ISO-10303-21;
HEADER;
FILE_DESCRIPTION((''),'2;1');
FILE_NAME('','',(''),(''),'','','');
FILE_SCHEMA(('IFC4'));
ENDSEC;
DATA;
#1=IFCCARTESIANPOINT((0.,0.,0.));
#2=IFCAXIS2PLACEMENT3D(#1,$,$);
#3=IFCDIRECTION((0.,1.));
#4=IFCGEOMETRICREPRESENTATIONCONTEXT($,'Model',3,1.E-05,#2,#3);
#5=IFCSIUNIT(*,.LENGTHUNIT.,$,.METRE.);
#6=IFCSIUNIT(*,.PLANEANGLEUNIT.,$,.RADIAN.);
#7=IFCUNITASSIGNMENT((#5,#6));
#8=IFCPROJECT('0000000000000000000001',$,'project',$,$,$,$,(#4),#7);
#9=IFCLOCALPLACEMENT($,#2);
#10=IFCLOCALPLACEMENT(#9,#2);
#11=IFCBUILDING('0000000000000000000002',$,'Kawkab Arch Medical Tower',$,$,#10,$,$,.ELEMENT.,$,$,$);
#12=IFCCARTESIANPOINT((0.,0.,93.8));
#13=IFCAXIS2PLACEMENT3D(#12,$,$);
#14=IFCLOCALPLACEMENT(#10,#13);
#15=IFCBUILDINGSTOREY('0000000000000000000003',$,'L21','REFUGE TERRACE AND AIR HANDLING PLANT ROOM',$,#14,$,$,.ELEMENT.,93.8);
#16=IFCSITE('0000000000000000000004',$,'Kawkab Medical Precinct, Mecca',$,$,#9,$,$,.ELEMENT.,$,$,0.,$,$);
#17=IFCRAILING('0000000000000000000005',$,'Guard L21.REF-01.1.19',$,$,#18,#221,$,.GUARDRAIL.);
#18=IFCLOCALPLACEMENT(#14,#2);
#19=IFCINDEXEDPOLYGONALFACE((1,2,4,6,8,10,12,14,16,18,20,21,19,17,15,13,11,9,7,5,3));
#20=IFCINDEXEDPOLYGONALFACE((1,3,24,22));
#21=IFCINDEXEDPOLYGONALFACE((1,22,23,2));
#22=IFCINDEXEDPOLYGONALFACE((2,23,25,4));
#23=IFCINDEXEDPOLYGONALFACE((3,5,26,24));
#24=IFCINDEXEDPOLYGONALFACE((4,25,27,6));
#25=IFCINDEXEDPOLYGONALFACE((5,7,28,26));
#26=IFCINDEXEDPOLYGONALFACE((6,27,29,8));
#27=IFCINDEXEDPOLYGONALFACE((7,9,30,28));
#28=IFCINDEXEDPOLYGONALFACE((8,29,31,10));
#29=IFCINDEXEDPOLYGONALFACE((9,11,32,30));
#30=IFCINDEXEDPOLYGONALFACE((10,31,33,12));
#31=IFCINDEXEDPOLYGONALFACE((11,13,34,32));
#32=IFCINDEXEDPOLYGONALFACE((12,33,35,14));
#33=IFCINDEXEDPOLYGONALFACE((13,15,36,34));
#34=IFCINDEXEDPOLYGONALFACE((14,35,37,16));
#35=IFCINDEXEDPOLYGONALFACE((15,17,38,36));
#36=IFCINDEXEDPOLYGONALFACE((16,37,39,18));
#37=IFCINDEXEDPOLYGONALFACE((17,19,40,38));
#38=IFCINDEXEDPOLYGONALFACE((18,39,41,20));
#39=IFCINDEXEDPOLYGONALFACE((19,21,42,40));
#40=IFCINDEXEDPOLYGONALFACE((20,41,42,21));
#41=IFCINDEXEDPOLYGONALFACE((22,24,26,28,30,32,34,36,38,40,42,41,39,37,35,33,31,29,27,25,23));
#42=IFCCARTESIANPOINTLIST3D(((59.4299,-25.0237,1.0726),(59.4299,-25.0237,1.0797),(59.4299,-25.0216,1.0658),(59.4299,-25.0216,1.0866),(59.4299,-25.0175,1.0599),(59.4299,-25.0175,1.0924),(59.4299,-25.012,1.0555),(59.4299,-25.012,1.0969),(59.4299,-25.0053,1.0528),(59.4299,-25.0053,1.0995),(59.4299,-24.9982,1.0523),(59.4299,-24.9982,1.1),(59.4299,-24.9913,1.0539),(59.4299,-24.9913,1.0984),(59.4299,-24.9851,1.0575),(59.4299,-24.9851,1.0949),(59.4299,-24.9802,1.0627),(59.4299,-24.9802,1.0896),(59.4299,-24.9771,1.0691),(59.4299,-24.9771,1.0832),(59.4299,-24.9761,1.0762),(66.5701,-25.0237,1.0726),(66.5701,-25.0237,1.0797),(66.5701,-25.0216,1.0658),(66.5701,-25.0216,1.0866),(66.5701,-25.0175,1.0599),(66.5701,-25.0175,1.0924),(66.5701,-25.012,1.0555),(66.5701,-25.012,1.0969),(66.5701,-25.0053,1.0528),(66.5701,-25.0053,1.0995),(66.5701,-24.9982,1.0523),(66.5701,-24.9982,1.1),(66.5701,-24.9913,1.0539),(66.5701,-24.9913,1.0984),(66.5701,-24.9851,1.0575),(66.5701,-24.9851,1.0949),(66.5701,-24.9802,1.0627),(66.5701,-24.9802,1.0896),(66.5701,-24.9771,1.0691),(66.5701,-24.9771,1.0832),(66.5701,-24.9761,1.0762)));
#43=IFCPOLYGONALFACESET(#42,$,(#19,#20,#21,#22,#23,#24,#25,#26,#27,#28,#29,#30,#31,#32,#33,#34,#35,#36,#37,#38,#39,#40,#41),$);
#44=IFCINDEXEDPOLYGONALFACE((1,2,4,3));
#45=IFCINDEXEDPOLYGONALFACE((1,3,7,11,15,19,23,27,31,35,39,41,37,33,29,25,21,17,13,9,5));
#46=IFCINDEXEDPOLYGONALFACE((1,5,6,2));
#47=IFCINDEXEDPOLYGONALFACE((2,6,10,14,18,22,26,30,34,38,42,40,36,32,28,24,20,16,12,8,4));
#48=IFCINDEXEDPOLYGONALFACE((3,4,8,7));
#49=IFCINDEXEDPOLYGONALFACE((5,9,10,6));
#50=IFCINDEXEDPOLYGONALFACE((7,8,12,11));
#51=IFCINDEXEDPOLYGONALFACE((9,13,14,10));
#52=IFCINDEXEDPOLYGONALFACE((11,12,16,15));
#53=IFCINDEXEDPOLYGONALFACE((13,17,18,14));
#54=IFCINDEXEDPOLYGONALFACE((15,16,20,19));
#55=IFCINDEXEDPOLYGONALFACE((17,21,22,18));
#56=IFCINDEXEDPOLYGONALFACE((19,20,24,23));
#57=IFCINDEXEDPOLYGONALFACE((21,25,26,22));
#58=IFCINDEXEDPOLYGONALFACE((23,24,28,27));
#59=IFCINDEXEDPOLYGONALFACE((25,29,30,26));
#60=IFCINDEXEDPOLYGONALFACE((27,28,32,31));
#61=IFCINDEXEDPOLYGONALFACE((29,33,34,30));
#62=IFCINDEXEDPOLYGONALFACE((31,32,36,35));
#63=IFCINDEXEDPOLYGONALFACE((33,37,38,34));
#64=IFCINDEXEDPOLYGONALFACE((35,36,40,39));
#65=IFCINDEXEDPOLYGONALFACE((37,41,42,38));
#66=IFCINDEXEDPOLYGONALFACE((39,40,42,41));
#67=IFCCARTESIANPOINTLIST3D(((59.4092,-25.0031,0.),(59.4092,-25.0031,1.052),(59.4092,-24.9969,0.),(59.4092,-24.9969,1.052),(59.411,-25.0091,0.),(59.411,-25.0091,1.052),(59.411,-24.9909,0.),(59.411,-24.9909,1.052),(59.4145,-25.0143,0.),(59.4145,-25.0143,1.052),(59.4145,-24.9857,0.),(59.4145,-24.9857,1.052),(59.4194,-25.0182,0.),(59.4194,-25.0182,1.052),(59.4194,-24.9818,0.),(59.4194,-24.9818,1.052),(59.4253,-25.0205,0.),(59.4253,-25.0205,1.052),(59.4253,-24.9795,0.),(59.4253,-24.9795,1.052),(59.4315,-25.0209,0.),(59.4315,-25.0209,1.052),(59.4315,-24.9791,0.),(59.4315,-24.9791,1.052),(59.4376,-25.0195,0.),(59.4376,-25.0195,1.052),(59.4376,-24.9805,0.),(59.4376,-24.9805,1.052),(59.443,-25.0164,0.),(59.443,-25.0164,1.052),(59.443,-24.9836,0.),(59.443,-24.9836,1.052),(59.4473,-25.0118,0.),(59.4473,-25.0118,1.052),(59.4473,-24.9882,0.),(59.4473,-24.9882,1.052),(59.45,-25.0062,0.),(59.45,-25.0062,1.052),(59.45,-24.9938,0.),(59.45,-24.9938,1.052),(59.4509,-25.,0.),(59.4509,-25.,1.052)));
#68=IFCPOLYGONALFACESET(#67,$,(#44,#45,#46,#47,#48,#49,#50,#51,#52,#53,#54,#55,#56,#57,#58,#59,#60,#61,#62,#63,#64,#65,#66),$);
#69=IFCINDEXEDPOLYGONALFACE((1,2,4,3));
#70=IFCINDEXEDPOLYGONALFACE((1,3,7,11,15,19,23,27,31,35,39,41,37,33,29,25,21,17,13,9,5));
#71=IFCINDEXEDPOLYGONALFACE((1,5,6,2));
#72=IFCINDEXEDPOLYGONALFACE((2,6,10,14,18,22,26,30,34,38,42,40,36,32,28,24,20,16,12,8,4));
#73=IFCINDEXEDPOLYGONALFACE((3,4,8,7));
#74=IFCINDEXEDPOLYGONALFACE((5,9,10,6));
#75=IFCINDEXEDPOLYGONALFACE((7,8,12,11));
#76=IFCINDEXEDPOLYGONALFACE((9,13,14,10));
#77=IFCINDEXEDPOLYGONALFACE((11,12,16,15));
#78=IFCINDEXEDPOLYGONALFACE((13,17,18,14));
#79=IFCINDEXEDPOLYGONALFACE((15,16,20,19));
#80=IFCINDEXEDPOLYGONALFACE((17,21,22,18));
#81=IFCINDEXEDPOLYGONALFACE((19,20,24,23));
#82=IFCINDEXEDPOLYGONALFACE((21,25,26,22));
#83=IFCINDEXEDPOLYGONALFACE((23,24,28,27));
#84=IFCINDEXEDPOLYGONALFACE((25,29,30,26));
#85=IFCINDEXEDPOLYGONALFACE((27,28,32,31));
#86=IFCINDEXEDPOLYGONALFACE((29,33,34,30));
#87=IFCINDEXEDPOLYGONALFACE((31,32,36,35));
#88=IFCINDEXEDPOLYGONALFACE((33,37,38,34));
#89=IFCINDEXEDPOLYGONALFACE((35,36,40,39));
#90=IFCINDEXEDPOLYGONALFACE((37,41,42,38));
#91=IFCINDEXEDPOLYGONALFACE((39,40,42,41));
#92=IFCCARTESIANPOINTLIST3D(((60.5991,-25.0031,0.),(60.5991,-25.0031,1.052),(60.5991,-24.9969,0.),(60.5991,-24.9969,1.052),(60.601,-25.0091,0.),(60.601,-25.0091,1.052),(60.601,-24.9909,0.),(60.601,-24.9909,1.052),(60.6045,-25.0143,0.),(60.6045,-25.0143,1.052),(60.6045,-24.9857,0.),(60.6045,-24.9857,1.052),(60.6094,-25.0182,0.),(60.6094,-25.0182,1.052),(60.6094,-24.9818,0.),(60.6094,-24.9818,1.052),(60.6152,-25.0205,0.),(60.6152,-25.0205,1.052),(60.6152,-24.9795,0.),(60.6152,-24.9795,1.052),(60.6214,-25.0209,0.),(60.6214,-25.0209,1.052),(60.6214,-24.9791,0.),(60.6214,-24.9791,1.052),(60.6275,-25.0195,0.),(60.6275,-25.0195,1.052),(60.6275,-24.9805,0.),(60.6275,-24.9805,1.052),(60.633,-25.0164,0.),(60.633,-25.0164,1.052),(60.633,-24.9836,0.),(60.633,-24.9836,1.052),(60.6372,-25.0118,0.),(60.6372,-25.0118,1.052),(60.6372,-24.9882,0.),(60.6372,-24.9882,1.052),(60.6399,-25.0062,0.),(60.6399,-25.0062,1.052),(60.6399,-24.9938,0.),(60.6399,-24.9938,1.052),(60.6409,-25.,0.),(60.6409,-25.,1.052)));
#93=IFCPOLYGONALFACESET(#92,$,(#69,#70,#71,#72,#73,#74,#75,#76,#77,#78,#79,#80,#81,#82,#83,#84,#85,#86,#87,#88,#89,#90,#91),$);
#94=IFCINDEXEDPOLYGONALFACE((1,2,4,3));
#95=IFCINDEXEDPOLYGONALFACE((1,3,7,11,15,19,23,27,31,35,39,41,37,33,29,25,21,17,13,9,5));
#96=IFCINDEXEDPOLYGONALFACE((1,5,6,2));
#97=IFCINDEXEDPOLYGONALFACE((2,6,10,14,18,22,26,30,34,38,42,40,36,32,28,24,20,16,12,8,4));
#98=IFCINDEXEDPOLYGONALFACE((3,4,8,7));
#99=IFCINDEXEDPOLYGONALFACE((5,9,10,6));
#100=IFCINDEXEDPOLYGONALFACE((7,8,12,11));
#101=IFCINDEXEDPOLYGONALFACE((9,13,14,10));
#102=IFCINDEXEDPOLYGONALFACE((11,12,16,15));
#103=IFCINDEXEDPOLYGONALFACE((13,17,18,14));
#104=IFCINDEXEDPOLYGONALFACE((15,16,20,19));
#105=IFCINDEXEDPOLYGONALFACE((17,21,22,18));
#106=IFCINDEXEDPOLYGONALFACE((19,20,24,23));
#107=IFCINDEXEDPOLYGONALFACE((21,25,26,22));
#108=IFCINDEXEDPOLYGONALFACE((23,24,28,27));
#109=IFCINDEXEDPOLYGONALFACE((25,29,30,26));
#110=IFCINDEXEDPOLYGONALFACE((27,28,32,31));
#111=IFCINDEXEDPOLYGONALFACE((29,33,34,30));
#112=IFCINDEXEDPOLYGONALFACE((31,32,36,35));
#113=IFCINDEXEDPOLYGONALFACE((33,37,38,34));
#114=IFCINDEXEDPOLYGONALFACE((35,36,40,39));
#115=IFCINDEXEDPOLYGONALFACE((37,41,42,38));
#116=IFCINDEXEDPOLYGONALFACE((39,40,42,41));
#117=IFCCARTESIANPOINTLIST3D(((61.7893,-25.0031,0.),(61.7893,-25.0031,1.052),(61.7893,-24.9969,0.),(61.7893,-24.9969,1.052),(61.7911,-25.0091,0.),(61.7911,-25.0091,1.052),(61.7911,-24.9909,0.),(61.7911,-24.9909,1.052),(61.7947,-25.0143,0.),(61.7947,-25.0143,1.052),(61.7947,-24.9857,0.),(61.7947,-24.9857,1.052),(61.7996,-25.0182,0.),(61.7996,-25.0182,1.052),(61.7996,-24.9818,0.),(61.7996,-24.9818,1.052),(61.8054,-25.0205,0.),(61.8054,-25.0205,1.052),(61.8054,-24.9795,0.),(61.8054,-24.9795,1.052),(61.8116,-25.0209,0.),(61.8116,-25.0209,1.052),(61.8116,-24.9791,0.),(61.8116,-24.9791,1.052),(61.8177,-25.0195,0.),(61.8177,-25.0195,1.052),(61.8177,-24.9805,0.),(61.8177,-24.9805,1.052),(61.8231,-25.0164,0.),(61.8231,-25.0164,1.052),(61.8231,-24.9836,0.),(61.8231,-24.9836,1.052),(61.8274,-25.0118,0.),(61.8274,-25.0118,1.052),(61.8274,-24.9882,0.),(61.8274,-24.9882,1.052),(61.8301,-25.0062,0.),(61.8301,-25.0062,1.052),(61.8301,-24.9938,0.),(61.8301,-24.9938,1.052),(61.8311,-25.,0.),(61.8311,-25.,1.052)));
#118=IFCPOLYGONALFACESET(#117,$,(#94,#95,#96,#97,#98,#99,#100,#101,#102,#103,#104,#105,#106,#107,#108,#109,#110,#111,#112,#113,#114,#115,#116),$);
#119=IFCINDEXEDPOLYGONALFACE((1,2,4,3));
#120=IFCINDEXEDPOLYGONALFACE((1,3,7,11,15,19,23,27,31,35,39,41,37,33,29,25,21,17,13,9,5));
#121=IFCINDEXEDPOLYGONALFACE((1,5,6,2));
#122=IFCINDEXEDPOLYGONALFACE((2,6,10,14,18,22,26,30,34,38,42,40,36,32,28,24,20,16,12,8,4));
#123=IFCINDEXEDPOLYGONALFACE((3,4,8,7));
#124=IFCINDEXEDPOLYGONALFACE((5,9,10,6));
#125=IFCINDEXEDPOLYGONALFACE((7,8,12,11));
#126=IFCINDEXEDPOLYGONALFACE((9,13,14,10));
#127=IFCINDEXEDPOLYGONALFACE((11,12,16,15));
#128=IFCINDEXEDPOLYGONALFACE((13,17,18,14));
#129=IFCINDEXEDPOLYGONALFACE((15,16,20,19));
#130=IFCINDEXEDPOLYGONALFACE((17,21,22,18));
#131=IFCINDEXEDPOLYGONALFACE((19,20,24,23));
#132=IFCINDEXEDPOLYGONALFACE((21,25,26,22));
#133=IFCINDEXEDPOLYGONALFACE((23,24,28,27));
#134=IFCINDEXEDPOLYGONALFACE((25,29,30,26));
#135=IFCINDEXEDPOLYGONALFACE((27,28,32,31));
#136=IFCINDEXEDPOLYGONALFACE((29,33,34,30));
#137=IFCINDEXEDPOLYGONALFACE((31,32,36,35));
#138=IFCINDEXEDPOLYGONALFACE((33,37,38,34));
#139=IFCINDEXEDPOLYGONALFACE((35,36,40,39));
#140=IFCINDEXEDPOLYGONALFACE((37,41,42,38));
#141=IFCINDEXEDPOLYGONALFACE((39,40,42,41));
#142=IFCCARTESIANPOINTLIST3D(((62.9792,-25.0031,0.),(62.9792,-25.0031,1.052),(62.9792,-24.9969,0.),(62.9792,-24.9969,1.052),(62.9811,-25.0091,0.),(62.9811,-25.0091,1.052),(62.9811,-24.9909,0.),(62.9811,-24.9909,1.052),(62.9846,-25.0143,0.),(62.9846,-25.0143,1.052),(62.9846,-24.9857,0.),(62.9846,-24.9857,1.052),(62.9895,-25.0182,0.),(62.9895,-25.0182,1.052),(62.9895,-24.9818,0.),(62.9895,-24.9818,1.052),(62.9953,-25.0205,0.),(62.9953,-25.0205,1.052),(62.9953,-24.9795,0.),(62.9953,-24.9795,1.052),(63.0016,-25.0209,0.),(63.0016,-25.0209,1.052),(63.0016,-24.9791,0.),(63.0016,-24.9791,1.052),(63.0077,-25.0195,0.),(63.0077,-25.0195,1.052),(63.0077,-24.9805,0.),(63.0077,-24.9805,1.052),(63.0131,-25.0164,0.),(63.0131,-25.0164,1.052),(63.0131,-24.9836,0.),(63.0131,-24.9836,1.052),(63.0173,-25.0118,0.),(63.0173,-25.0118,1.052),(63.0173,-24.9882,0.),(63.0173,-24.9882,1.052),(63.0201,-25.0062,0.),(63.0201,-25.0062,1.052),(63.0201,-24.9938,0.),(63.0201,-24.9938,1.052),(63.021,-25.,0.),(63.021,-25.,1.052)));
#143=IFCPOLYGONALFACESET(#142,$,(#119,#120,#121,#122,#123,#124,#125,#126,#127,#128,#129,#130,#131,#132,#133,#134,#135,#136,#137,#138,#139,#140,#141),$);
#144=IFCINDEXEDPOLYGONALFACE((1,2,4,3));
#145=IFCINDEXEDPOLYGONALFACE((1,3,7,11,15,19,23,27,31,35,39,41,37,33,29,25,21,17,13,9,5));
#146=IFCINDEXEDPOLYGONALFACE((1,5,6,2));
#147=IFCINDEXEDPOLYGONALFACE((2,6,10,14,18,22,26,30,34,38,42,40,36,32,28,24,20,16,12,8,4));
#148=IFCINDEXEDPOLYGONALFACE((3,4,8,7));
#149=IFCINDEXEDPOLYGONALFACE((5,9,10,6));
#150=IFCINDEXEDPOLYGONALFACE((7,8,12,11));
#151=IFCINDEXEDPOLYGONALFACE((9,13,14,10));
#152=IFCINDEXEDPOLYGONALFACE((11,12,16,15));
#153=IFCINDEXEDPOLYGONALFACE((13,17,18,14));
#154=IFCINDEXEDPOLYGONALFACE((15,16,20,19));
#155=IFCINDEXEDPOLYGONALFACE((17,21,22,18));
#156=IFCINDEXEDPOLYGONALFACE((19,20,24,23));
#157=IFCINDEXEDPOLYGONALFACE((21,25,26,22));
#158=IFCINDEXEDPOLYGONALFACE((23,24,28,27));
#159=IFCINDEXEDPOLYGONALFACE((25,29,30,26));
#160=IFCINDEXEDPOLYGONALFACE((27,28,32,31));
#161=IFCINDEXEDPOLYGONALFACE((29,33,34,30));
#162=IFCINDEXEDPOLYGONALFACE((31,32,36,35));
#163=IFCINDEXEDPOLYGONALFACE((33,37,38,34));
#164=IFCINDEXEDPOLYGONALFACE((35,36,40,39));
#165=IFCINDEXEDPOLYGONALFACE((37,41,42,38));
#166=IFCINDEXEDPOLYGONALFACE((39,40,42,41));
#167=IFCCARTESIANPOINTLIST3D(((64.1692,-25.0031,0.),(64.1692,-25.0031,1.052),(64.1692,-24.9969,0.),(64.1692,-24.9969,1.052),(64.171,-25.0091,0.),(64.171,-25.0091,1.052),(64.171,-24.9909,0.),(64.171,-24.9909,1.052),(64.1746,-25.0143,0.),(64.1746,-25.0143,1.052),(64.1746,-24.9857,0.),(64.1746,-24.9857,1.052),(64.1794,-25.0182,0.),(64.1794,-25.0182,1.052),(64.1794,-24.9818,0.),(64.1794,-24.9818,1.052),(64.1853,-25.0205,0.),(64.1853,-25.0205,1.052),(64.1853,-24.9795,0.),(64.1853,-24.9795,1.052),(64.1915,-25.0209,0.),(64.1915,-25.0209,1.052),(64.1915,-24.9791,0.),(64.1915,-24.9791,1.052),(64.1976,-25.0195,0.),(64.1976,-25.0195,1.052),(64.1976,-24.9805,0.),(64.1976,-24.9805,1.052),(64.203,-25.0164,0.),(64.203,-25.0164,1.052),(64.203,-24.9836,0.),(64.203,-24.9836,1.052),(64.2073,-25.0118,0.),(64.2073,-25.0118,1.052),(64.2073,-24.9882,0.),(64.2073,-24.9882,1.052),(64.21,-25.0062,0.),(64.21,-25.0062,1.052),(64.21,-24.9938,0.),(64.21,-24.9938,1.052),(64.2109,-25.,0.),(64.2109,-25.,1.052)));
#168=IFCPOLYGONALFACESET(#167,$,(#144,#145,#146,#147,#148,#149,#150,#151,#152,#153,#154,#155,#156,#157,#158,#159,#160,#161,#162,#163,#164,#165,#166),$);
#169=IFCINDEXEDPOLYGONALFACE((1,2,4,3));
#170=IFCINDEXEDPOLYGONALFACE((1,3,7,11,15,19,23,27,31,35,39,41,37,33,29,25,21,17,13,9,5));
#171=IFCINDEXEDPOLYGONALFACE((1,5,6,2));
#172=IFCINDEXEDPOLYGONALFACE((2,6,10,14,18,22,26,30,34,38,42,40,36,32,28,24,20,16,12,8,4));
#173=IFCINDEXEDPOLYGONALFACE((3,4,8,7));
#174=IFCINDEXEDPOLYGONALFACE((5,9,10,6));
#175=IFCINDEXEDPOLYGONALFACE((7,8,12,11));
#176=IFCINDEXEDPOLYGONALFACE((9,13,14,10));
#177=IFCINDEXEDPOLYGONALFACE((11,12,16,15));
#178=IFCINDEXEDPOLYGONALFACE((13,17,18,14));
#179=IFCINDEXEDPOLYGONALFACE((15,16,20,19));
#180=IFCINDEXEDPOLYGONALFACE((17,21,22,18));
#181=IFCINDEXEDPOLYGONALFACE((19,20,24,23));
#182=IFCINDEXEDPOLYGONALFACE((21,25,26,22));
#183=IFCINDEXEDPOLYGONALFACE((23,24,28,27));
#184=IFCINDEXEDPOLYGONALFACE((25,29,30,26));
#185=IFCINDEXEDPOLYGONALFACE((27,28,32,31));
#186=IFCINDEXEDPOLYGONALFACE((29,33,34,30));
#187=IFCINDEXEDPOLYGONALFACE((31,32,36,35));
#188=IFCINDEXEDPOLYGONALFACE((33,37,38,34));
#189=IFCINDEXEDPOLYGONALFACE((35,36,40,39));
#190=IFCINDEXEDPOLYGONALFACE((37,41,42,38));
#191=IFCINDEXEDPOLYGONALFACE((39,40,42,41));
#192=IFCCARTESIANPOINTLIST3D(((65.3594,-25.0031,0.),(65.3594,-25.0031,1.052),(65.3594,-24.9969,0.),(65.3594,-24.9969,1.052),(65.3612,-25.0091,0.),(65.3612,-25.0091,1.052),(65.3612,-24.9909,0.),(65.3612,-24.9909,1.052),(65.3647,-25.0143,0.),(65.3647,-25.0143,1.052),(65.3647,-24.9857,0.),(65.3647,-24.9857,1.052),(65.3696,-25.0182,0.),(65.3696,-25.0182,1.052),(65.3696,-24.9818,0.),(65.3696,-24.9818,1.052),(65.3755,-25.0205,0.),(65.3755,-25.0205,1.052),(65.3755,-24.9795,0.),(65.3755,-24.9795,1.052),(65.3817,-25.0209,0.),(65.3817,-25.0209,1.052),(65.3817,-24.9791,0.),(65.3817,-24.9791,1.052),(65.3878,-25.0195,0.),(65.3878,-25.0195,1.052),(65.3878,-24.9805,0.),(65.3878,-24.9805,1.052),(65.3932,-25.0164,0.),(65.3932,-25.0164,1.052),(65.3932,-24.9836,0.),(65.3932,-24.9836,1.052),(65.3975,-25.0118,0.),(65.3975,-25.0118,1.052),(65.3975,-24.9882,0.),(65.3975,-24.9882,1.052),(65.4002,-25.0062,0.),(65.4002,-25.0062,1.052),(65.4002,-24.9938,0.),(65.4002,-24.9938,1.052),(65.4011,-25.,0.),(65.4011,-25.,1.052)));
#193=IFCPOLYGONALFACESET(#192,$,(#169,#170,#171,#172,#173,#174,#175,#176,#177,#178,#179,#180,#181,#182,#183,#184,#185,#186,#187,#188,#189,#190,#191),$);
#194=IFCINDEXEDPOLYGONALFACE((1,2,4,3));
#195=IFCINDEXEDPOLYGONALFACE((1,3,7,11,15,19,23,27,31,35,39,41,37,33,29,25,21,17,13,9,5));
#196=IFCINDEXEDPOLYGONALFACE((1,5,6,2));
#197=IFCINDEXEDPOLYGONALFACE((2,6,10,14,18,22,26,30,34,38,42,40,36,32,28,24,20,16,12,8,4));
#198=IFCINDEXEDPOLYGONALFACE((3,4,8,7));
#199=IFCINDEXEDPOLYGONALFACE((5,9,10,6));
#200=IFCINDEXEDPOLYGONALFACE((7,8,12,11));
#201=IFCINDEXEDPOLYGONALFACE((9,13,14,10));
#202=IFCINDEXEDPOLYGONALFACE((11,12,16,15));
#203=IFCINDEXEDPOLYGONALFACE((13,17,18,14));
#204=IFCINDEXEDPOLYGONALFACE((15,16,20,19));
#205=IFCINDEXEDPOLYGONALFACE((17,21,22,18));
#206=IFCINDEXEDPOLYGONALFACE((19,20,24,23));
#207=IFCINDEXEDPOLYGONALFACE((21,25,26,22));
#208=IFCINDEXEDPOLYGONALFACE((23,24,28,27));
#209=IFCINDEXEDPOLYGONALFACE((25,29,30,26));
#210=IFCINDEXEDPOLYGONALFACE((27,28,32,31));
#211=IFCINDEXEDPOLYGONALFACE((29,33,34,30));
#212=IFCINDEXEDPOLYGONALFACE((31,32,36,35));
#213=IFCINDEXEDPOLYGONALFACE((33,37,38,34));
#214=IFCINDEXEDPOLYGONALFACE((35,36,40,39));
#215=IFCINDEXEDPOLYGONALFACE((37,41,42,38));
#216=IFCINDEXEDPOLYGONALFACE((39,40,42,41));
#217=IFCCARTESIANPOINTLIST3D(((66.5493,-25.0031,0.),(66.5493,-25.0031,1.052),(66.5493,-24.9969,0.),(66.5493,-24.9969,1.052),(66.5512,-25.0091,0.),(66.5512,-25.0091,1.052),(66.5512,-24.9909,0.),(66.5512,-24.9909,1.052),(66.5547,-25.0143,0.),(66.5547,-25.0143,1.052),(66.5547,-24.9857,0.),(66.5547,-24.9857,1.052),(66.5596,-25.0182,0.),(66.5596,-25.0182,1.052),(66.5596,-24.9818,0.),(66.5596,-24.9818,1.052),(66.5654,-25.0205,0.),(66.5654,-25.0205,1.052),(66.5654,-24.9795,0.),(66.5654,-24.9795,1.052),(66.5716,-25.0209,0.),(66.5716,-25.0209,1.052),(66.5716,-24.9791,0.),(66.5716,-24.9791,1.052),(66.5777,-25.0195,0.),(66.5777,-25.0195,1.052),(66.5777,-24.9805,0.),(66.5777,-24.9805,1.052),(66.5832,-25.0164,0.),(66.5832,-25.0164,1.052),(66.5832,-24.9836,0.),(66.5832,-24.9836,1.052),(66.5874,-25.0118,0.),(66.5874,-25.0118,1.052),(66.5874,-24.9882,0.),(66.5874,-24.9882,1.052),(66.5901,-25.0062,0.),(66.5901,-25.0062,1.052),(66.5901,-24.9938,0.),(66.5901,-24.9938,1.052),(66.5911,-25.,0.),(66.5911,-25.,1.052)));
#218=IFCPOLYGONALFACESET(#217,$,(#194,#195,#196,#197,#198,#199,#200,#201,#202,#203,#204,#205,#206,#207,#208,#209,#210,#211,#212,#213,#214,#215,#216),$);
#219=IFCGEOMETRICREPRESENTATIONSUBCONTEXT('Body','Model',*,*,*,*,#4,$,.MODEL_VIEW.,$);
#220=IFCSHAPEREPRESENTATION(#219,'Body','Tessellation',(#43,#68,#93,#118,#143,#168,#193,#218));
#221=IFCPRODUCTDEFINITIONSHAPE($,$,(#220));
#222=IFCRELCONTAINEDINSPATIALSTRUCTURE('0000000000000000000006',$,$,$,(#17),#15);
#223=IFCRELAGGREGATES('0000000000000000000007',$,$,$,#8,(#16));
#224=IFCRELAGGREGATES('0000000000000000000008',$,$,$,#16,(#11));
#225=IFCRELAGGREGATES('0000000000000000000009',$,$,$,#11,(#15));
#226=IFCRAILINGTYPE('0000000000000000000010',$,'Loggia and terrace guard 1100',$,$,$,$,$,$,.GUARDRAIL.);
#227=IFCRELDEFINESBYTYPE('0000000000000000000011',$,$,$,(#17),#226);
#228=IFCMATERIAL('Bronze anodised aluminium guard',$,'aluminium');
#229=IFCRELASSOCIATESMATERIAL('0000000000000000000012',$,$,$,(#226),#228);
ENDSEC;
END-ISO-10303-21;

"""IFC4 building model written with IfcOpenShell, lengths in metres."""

from ifc_helpers import new_model, si_unit, direction, frame, origin, origin_2d, place, context, subcontext, project, spatial, circle, extrude, material, type_object, element, save


model = new_model("IFC4")

# Units and contexts
model_context = context("Model", 3, precision=1e-05, world=origin(), true_north=direction((0.0, 1.0)))
body_context = subcontext(model_context, "Body", "Model", "MODEL_VIEW")
ifc_project = project(units=[si_unit("LENGTHUNIT", "METRE"), si_unit("PLANEANGLEUNIT", "RADIAN")], contexts=[model_context])

# Site, building, storey
site_placement = place(None, origin())
site = spatial("IfcSite", under=ifc_project, at=site_placement, Name="Kawkab Medical Precinct, Mecca", CompositionType="ELEMENT", RefElevation=0.0)
building_placement = place(site_placement, origin())
building = spatial("IfcBuilding", under=site, at=building_placement, Name="Kawkab Arch Medical Tower", CompositionType="ELEMENT")
storey_placement = place(building_placement, frame((0.0, 0.0, 93.8)))
storey = spatial("IfcBuildingStorey", under=building, at=storey_placement, Name="L21", Description="REFUGE TERRACE AND AIR HANDLING PLANT ROOM", CompositionType="ELEMENT", Elevation=93.8)

# Railing
ifc_material_1 = material(Name="Bronze anodised aluminium guard", Category="aluminium")
railing_type = type_object("IfcRailingType", Name="Loggia and terrace guard 1100", PredefinedType="GUARDRAIL", material=ifc_material_1)
railing_1_placement = place(storey_placement, frame((59.4299, -25.0, 0.0)))
element("IfcRailing", 1, at=railing_1_placement, inside=storey, type_object=railing_type, Name="Guard L21.REF-01.1.19", PredefinedType="GUARDRAIL", context=body_context, shape_type="SweptSolid", body=[
    extrude(circle(Radius=0.0239, at=origin_2d()), frame((0.0, 0.0, 1.0762), z_axis=(1.0, 0.0, 0.0), x_axis=(0.0, 1.0, 0.0)), (0.0, 0.0, 1.0), 7.1401),
    extrude(circle(Radius=0.021, at=origin_2d()), origin(), (0.0, 0.0, 1.0), 1.052),
    extrude(circle(Radius=0.021, at=origin_2d()), frame((1.1899, 0.0, 0.0)), (0.0, 0.0, 1.0), 1.052),
    extrude(circle(Radius=0.021, at=origin_2d()), frame((2.3801, 0.0, 0.0)), (0.0, 0.0, 1.0), 1.052),
    extrude(circle(Radius=0.021, at=origin_2d()), frame((3.5701, 0.0, 0.0)), (0.0, 0.0, 1.0), 1.052),
    extrude(circle(Radius=0.021, at=origin_2d()), frame((4.76, 0.0, 0.0)), (0.0, 0.0, 1.0), 1.052),
    extrude(circle(Radius=0.021, at=origin_2d()), frame((5.9502, 0.0, 0.0)), (0.0, 0.0, 1.0), 1.052),
    extrude(circle(Radius=0.021, at=origin_2d()), frame((7.1401, 0.0, 0.0)), (0.0, 0.0, 1.0), 1.052),
])

save(model, "model.ifc")
